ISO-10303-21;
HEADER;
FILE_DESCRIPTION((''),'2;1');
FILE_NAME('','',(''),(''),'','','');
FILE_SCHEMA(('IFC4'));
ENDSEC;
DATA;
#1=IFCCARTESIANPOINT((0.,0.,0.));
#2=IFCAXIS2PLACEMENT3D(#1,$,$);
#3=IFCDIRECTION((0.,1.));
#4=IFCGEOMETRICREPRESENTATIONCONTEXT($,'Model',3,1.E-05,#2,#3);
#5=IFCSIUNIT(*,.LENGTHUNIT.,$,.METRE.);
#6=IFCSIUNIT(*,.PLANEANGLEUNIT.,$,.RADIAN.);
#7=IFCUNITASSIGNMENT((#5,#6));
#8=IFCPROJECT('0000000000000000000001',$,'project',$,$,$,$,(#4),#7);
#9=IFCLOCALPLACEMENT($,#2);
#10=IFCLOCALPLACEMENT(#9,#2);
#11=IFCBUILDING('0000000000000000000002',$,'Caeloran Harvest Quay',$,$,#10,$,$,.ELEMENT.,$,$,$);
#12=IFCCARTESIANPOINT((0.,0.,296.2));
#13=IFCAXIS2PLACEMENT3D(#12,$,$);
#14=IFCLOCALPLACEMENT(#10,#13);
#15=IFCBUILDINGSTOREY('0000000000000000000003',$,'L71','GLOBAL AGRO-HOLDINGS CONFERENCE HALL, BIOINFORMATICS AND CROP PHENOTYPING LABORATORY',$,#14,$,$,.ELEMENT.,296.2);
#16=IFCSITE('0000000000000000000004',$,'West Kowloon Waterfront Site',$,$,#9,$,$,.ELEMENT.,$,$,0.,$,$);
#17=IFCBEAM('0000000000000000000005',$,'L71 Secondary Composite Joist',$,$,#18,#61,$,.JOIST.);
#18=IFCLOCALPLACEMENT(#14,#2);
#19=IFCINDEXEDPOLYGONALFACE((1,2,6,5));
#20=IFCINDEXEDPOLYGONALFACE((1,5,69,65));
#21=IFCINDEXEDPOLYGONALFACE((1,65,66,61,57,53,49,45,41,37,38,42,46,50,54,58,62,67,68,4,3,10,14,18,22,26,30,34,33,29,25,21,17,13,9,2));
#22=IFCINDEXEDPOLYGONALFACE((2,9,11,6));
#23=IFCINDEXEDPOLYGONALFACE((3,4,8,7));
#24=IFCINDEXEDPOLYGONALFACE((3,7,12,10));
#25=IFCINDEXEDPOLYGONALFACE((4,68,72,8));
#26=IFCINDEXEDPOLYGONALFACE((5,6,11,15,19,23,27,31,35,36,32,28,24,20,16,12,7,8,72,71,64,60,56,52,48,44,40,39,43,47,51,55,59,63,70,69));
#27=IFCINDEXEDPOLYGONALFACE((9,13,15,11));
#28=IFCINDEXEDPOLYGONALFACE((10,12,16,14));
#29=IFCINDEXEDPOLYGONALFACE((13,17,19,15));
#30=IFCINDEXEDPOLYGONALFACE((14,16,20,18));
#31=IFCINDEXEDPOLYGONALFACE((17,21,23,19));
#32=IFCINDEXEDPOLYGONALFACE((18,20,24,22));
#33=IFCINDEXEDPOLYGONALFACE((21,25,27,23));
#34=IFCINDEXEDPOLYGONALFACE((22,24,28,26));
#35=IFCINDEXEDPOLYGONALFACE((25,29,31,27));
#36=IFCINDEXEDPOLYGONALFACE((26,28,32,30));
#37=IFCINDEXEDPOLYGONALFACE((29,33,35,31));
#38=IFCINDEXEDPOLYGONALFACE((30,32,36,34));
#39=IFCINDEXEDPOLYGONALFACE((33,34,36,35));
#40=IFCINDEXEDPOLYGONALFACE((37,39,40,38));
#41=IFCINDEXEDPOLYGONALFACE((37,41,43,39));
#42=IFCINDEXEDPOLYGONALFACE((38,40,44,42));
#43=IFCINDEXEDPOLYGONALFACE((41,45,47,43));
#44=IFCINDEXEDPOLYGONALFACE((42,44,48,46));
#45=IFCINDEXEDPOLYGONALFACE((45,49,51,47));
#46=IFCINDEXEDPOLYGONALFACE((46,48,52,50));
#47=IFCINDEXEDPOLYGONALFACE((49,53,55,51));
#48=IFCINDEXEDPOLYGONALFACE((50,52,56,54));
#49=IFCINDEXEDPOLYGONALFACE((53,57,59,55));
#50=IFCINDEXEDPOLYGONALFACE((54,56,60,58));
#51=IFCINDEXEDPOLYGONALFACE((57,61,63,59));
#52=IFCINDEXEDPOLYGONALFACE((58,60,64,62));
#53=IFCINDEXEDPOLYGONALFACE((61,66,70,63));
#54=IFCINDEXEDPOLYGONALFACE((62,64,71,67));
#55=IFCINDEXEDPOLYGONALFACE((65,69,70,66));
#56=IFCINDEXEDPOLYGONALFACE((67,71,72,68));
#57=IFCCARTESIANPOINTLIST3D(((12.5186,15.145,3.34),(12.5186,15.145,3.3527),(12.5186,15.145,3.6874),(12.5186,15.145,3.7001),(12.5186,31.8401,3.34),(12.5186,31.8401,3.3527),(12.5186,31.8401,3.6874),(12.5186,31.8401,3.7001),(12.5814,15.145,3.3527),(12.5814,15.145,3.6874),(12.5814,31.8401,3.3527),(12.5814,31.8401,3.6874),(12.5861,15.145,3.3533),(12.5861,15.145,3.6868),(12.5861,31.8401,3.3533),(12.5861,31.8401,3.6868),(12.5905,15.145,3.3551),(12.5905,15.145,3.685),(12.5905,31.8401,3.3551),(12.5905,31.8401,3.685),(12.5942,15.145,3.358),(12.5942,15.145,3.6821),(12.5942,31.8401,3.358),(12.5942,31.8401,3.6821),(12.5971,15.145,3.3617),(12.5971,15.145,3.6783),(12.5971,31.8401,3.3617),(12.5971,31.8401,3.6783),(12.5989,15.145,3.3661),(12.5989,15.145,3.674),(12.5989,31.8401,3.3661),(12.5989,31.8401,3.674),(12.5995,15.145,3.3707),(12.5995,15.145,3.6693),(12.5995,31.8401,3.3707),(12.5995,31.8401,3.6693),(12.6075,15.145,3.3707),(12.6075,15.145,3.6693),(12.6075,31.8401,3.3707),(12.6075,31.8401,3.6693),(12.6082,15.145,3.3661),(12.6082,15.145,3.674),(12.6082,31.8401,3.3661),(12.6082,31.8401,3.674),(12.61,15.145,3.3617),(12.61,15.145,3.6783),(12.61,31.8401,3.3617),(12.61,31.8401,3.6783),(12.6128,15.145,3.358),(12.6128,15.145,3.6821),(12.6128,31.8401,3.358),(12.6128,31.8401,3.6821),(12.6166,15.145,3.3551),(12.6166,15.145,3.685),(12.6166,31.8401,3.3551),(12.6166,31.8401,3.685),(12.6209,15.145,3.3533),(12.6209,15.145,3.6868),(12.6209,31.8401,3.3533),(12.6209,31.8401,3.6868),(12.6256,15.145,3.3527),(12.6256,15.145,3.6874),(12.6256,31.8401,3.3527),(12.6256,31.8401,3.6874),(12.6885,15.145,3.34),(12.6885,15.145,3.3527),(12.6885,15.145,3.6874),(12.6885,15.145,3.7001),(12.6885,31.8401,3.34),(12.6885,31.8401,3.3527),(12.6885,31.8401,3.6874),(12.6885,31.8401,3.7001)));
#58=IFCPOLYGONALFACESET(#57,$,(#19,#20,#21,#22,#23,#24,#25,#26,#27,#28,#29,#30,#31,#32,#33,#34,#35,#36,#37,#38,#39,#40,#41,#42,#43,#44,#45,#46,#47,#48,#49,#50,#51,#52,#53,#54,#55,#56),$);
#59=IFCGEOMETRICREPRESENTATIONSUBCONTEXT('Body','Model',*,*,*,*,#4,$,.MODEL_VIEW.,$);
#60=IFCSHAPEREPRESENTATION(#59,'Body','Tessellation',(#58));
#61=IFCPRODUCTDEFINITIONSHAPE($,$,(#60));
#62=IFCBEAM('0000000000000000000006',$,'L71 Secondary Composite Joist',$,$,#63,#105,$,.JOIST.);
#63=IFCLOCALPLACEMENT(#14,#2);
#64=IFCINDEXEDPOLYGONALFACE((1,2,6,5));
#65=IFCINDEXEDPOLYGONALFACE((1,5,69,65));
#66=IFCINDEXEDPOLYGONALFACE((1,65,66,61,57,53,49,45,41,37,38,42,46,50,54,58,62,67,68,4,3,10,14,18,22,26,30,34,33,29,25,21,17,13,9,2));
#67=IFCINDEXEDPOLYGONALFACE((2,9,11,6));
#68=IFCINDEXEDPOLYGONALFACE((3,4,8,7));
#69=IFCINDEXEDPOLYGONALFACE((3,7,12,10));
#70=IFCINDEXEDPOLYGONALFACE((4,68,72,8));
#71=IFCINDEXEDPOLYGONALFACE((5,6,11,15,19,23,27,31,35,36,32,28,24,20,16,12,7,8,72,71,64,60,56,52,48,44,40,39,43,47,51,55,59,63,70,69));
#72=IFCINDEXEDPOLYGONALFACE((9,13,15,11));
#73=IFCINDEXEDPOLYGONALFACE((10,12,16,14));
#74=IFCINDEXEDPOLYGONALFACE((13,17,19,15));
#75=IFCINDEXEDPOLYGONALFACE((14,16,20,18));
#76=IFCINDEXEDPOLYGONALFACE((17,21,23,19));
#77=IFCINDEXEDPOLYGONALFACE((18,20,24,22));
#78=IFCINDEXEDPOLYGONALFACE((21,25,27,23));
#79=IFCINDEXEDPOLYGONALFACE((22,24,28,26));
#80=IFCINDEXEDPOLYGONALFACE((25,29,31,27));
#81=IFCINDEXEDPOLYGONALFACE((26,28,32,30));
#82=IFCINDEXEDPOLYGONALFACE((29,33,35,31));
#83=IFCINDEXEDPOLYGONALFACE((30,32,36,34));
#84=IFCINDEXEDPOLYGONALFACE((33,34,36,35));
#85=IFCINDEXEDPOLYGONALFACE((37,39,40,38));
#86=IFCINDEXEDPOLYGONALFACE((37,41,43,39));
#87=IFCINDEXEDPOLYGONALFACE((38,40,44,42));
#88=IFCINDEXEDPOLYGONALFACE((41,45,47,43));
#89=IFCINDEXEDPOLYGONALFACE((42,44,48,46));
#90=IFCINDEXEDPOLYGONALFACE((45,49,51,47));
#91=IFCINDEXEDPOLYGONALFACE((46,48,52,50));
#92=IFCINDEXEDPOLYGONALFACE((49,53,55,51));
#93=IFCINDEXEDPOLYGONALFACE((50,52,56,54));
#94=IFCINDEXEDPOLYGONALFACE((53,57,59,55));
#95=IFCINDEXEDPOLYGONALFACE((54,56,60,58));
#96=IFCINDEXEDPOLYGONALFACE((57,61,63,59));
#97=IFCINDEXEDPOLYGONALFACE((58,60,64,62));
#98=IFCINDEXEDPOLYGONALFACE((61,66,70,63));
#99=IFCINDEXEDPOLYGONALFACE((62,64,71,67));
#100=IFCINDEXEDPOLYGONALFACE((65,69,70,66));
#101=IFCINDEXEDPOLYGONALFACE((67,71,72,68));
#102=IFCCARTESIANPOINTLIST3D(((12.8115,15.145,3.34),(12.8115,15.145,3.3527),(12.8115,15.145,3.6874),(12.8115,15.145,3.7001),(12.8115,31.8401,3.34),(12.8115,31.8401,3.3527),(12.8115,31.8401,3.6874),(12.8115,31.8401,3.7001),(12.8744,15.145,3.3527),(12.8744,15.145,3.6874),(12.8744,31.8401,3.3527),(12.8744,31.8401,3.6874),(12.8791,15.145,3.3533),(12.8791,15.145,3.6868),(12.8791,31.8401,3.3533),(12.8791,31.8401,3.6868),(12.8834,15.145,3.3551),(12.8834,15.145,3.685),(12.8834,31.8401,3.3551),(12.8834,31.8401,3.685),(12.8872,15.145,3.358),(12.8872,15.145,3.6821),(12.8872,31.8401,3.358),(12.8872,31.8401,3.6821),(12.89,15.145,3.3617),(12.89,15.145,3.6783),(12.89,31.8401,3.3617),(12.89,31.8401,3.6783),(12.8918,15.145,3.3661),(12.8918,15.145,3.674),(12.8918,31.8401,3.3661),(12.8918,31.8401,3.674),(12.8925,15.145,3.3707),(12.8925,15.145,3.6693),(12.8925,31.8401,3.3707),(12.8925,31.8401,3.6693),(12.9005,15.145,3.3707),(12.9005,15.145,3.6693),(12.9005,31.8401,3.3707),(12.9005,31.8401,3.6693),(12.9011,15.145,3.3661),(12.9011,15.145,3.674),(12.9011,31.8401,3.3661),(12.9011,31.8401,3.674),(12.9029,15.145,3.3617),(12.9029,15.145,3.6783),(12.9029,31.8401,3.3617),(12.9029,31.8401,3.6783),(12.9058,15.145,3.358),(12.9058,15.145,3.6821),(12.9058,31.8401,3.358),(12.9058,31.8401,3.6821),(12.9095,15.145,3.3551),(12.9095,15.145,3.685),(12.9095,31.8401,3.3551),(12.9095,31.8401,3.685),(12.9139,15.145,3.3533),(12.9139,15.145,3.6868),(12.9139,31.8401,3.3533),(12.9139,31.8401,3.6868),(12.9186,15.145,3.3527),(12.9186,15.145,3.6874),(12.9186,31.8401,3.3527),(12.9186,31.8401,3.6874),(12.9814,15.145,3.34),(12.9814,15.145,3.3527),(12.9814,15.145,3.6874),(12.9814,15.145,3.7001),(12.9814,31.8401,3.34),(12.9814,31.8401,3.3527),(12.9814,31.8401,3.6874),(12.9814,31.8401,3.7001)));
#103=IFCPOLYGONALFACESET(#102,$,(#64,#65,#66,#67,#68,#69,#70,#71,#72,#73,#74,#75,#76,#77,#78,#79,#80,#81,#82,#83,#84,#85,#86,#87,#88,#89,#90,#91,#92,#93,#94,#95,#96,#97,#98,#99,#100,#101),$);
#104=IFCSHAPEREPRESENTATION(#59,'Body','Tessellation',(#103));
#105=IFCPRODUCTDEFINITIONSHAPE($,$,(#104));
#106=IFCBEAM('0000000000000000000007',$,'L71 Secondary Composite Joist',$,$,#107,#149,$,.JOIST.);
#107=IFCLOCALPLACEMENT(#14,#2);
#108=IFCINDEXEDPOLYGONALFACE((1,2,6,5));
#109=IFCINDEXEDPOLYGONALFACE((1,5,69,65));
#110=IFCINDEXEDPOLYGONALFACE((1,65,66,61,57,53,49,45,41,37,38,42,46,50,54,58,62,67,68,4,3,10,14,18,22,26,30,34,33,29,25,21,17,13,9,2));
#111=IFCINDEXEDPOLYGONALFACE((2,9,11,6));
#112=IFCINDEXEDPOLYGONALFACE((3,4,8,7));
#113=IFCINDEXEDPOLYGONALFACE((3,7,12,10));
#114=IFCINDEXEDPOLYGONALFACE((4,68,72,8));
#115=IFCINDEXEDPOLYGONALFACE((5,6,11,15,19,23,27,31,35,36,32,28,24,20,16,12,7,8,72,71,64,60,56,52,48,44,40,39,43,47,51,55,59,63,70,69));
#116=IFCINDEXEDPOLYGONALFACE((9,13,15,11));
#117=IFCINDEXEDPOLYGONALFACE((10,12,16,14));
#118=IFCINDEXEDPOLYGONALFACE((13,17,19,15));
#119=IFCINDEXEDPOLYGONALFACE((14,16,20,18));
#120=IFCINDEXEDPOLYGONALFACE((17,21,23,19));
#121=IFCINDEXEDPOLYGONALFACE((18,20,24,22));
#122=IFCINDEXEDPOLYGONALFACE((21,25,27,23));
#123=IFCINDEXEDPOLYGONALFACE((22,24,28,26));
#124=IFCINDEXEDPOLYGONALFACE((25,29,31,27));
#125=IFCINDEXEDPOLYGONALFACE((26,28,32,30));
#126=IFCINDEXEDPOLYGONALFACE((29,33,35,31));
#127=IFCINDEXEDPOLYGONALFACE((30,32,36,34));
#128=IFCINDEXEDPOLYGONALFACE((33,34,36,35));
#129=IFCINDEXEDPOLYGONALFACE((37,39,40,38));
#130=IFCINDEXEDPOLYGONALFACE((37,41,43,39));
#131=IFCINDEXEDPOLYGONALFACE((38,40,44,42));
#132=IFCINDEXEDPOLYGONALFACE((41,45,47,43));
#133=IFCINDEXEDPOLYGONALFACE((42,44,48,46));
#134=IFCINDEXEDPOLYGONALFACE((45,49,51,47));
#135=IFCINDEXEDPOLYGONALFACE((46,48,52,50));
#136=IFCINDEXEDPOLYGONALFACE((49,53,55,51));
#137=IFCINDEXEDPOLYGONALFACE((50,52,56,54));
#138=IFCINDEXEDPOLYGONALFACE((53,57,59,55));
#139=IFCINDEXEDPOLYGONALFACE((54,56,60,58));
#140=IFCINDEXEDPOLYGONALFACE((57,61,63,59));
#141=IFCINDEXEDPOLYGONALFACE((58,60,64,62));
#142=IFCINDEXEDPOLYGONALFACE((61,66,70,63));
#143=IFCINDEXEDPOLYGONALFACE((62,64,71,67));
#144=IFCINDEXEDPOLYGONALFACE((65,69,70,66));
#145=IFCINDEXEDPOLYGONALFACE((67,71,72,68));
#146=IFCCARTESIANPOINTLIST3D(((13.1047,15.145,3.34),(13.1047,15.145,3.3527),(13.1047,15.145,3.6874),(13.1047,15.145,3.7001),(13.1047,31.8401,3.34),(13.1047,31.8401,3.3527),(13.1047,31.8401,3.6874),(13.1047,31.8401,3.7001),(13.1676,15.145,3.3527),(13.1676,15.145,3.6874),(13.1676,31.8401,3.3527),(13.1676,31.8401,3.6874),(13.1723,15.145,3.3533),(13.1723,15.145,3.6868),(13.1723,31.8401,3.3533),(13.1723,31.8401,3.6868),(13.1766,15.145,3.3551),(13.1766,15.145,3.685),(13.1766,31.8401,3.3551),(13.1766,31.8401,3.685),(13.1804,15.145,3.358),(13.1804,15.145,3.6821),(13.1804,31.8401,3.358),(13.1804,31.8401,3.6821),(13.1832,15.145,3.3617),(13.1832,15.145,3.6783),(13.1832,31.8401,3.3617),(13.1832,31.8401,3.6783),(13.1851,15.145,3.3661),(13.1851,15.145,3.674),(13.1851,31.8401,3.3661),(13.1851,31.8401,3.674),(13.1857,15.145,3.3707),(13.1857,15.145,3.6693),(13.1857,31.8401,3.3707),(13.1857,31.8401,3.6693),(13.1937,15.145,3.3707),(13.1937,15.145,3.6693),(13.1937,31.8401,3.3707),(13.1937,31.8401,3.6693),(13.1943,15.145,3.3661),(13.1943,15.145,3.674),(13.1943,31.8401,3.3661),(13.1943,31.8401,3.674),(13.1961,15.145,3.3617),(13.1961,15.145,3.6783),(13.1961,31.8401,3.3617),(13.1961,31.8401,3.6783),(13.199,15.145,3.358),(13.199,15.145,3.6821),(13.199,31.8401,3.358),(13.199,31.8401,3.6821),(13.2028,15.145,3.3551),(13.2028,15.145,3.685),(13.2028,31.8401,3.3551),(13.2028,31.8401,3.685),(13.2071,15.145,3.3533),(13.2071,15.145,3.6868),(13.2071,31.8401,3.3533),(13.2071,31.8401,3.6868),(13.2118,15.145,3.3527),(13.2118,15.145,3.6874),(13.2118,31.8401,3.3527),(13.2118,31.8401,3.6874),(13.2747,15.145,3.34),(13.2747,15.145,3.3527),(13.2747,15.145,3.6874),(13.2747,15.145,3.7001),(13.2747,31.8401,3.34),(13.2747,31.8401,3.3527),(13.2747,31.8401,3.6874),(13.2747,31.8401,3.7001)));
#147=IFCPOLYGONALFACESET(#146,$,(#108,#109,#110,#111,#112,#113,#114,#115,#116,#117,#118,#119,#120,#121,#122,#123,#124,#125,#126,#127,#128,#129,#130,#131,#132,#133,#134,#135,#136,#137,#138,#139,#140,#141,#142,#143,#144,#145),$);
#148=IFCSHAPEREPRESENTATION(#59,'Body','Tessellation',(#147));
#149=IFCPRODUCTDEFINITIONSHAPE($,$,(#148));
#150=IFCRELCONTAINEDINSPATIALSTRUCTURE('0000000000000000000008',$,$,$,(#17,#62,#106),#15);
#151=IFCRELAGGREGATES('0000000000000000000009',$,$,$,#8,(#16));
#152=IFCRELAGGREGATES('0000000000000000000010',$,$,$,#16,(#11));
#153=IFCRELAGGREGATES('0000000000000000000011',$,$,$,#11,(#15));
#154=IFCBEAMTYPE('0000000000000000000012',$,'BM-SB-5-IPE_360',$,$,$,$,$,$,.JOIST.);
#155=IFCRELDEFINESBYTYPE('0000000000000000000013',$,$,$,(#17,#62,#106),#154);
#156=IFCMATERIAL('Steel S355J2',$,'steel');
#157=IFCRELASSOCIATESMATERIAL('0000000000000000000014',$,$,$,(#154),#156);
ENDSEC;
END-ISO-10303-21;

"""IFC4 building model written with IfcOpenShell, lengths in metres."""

from ifc_helpers import new_model, si_unit, direction, frame, origin, origin_2d, place, context, subcontext, project, spatial, i_section, extrude, material, material_profile, profile_set, type_object, element, save


model = new_model("IFC4")

# Units and contexts
model_context = context("Model", 3, precision=1e-05, world=origin(), true_north=direction((0.0, 1.0)))
body_context = subcontext(model_context, "Body", "Model", "MODEL_VIEW")
ifc_project = project(units=[si_unit("LENGTHUNIT", "METRE"), si_unit("PLANEANGLEUNIT", "RADIAN")], contexts=[model_context])

# Site, building, storey
site_placement = place(None, origin())
site = spatial("IfcSite", under=ifc_project, at=site_placement, Name="West Kowloon Waterfront Site", CompositionType="ELEMENT", RefElevation=0.0)
building_placement = place(site_placement, origin())
building = spatial("IfcBuilding", under=site, at=building_placement, Name="Caeloran Harvest Quay", CompositionType="ELEMENT")
storey_placement = place(building_placement, frame((0.0, 0.0, 296.2)))
storey = spatial("IfcBuildingStorey", under=building, at=storey_placement, Name="L71", Description="GLOBAL AGRO-HOLDINGS CONFERENCE HALL, BIOINFORMATICS AND CROP PHENOTYPING LABORATORY", CompositionType="ELEMENT", Elevation=296.2)

# Beams
ifc_material_1 = material(Name="Steel S355J2", Category="steel")
ifc_material_profile_1 = material_profile(ifc_material_1, i_section(OverallWidth=0.1699, OverallDepth=0.3601, WebThickness=0.0081, FlangeThickness=0.0127, FilletRadius=0.0181, at=origin_2d()), Name="IPE 360")
ifc_profile_set_1 = profile_set([ifc_material_profile_1], Name="Steel S355J2")
beam_type_1 = type_object("IfcBeamType", Name="BM-SB-5-IPE_360", PredefinedType="JOIST", material=ifc_profile_set_1)
for number, where, z_axis, x_axis, name in (
    (1, (12.6035, 15.145, 3.52), (0.0, 1.0, 0.0), (-1.0, 0.0, 0.0), "L71 Secondary Composite Joist"),
    (2, (12.8965, 15.145, 3.52), (0.0, 1.0, 0.0), (-1.0, 0.0, 0.0), "L71 Secondary Composite Joist"),
    (3, (13.1897, 15.145, 3.52), (0.0, 1.0, 0.0), (-1.0, 0.0, 0.0), "L71 Secondary Composite Joist"),
):
    element("IfcBeam", number, at=place(storey_placement, frame(where, z_axis=z_axis, x_axis=x_axis)), inside=storey, type_object=beam_type_1, Name=name, PredefinedType="JOIST", context=body_context, shape_type="SweptSolid", body=[
        extrude(i_section(OverallWidth=0.1699, OverallDepth=0.3601, WebThickness=0.0081, FlangeThickness=0.0127, FilletRadius=0.0181, at=origin_2d()), origin(), (0.0, 0.0, 1.0), 16.6951),
    ])

save(model, "model.ifc")
